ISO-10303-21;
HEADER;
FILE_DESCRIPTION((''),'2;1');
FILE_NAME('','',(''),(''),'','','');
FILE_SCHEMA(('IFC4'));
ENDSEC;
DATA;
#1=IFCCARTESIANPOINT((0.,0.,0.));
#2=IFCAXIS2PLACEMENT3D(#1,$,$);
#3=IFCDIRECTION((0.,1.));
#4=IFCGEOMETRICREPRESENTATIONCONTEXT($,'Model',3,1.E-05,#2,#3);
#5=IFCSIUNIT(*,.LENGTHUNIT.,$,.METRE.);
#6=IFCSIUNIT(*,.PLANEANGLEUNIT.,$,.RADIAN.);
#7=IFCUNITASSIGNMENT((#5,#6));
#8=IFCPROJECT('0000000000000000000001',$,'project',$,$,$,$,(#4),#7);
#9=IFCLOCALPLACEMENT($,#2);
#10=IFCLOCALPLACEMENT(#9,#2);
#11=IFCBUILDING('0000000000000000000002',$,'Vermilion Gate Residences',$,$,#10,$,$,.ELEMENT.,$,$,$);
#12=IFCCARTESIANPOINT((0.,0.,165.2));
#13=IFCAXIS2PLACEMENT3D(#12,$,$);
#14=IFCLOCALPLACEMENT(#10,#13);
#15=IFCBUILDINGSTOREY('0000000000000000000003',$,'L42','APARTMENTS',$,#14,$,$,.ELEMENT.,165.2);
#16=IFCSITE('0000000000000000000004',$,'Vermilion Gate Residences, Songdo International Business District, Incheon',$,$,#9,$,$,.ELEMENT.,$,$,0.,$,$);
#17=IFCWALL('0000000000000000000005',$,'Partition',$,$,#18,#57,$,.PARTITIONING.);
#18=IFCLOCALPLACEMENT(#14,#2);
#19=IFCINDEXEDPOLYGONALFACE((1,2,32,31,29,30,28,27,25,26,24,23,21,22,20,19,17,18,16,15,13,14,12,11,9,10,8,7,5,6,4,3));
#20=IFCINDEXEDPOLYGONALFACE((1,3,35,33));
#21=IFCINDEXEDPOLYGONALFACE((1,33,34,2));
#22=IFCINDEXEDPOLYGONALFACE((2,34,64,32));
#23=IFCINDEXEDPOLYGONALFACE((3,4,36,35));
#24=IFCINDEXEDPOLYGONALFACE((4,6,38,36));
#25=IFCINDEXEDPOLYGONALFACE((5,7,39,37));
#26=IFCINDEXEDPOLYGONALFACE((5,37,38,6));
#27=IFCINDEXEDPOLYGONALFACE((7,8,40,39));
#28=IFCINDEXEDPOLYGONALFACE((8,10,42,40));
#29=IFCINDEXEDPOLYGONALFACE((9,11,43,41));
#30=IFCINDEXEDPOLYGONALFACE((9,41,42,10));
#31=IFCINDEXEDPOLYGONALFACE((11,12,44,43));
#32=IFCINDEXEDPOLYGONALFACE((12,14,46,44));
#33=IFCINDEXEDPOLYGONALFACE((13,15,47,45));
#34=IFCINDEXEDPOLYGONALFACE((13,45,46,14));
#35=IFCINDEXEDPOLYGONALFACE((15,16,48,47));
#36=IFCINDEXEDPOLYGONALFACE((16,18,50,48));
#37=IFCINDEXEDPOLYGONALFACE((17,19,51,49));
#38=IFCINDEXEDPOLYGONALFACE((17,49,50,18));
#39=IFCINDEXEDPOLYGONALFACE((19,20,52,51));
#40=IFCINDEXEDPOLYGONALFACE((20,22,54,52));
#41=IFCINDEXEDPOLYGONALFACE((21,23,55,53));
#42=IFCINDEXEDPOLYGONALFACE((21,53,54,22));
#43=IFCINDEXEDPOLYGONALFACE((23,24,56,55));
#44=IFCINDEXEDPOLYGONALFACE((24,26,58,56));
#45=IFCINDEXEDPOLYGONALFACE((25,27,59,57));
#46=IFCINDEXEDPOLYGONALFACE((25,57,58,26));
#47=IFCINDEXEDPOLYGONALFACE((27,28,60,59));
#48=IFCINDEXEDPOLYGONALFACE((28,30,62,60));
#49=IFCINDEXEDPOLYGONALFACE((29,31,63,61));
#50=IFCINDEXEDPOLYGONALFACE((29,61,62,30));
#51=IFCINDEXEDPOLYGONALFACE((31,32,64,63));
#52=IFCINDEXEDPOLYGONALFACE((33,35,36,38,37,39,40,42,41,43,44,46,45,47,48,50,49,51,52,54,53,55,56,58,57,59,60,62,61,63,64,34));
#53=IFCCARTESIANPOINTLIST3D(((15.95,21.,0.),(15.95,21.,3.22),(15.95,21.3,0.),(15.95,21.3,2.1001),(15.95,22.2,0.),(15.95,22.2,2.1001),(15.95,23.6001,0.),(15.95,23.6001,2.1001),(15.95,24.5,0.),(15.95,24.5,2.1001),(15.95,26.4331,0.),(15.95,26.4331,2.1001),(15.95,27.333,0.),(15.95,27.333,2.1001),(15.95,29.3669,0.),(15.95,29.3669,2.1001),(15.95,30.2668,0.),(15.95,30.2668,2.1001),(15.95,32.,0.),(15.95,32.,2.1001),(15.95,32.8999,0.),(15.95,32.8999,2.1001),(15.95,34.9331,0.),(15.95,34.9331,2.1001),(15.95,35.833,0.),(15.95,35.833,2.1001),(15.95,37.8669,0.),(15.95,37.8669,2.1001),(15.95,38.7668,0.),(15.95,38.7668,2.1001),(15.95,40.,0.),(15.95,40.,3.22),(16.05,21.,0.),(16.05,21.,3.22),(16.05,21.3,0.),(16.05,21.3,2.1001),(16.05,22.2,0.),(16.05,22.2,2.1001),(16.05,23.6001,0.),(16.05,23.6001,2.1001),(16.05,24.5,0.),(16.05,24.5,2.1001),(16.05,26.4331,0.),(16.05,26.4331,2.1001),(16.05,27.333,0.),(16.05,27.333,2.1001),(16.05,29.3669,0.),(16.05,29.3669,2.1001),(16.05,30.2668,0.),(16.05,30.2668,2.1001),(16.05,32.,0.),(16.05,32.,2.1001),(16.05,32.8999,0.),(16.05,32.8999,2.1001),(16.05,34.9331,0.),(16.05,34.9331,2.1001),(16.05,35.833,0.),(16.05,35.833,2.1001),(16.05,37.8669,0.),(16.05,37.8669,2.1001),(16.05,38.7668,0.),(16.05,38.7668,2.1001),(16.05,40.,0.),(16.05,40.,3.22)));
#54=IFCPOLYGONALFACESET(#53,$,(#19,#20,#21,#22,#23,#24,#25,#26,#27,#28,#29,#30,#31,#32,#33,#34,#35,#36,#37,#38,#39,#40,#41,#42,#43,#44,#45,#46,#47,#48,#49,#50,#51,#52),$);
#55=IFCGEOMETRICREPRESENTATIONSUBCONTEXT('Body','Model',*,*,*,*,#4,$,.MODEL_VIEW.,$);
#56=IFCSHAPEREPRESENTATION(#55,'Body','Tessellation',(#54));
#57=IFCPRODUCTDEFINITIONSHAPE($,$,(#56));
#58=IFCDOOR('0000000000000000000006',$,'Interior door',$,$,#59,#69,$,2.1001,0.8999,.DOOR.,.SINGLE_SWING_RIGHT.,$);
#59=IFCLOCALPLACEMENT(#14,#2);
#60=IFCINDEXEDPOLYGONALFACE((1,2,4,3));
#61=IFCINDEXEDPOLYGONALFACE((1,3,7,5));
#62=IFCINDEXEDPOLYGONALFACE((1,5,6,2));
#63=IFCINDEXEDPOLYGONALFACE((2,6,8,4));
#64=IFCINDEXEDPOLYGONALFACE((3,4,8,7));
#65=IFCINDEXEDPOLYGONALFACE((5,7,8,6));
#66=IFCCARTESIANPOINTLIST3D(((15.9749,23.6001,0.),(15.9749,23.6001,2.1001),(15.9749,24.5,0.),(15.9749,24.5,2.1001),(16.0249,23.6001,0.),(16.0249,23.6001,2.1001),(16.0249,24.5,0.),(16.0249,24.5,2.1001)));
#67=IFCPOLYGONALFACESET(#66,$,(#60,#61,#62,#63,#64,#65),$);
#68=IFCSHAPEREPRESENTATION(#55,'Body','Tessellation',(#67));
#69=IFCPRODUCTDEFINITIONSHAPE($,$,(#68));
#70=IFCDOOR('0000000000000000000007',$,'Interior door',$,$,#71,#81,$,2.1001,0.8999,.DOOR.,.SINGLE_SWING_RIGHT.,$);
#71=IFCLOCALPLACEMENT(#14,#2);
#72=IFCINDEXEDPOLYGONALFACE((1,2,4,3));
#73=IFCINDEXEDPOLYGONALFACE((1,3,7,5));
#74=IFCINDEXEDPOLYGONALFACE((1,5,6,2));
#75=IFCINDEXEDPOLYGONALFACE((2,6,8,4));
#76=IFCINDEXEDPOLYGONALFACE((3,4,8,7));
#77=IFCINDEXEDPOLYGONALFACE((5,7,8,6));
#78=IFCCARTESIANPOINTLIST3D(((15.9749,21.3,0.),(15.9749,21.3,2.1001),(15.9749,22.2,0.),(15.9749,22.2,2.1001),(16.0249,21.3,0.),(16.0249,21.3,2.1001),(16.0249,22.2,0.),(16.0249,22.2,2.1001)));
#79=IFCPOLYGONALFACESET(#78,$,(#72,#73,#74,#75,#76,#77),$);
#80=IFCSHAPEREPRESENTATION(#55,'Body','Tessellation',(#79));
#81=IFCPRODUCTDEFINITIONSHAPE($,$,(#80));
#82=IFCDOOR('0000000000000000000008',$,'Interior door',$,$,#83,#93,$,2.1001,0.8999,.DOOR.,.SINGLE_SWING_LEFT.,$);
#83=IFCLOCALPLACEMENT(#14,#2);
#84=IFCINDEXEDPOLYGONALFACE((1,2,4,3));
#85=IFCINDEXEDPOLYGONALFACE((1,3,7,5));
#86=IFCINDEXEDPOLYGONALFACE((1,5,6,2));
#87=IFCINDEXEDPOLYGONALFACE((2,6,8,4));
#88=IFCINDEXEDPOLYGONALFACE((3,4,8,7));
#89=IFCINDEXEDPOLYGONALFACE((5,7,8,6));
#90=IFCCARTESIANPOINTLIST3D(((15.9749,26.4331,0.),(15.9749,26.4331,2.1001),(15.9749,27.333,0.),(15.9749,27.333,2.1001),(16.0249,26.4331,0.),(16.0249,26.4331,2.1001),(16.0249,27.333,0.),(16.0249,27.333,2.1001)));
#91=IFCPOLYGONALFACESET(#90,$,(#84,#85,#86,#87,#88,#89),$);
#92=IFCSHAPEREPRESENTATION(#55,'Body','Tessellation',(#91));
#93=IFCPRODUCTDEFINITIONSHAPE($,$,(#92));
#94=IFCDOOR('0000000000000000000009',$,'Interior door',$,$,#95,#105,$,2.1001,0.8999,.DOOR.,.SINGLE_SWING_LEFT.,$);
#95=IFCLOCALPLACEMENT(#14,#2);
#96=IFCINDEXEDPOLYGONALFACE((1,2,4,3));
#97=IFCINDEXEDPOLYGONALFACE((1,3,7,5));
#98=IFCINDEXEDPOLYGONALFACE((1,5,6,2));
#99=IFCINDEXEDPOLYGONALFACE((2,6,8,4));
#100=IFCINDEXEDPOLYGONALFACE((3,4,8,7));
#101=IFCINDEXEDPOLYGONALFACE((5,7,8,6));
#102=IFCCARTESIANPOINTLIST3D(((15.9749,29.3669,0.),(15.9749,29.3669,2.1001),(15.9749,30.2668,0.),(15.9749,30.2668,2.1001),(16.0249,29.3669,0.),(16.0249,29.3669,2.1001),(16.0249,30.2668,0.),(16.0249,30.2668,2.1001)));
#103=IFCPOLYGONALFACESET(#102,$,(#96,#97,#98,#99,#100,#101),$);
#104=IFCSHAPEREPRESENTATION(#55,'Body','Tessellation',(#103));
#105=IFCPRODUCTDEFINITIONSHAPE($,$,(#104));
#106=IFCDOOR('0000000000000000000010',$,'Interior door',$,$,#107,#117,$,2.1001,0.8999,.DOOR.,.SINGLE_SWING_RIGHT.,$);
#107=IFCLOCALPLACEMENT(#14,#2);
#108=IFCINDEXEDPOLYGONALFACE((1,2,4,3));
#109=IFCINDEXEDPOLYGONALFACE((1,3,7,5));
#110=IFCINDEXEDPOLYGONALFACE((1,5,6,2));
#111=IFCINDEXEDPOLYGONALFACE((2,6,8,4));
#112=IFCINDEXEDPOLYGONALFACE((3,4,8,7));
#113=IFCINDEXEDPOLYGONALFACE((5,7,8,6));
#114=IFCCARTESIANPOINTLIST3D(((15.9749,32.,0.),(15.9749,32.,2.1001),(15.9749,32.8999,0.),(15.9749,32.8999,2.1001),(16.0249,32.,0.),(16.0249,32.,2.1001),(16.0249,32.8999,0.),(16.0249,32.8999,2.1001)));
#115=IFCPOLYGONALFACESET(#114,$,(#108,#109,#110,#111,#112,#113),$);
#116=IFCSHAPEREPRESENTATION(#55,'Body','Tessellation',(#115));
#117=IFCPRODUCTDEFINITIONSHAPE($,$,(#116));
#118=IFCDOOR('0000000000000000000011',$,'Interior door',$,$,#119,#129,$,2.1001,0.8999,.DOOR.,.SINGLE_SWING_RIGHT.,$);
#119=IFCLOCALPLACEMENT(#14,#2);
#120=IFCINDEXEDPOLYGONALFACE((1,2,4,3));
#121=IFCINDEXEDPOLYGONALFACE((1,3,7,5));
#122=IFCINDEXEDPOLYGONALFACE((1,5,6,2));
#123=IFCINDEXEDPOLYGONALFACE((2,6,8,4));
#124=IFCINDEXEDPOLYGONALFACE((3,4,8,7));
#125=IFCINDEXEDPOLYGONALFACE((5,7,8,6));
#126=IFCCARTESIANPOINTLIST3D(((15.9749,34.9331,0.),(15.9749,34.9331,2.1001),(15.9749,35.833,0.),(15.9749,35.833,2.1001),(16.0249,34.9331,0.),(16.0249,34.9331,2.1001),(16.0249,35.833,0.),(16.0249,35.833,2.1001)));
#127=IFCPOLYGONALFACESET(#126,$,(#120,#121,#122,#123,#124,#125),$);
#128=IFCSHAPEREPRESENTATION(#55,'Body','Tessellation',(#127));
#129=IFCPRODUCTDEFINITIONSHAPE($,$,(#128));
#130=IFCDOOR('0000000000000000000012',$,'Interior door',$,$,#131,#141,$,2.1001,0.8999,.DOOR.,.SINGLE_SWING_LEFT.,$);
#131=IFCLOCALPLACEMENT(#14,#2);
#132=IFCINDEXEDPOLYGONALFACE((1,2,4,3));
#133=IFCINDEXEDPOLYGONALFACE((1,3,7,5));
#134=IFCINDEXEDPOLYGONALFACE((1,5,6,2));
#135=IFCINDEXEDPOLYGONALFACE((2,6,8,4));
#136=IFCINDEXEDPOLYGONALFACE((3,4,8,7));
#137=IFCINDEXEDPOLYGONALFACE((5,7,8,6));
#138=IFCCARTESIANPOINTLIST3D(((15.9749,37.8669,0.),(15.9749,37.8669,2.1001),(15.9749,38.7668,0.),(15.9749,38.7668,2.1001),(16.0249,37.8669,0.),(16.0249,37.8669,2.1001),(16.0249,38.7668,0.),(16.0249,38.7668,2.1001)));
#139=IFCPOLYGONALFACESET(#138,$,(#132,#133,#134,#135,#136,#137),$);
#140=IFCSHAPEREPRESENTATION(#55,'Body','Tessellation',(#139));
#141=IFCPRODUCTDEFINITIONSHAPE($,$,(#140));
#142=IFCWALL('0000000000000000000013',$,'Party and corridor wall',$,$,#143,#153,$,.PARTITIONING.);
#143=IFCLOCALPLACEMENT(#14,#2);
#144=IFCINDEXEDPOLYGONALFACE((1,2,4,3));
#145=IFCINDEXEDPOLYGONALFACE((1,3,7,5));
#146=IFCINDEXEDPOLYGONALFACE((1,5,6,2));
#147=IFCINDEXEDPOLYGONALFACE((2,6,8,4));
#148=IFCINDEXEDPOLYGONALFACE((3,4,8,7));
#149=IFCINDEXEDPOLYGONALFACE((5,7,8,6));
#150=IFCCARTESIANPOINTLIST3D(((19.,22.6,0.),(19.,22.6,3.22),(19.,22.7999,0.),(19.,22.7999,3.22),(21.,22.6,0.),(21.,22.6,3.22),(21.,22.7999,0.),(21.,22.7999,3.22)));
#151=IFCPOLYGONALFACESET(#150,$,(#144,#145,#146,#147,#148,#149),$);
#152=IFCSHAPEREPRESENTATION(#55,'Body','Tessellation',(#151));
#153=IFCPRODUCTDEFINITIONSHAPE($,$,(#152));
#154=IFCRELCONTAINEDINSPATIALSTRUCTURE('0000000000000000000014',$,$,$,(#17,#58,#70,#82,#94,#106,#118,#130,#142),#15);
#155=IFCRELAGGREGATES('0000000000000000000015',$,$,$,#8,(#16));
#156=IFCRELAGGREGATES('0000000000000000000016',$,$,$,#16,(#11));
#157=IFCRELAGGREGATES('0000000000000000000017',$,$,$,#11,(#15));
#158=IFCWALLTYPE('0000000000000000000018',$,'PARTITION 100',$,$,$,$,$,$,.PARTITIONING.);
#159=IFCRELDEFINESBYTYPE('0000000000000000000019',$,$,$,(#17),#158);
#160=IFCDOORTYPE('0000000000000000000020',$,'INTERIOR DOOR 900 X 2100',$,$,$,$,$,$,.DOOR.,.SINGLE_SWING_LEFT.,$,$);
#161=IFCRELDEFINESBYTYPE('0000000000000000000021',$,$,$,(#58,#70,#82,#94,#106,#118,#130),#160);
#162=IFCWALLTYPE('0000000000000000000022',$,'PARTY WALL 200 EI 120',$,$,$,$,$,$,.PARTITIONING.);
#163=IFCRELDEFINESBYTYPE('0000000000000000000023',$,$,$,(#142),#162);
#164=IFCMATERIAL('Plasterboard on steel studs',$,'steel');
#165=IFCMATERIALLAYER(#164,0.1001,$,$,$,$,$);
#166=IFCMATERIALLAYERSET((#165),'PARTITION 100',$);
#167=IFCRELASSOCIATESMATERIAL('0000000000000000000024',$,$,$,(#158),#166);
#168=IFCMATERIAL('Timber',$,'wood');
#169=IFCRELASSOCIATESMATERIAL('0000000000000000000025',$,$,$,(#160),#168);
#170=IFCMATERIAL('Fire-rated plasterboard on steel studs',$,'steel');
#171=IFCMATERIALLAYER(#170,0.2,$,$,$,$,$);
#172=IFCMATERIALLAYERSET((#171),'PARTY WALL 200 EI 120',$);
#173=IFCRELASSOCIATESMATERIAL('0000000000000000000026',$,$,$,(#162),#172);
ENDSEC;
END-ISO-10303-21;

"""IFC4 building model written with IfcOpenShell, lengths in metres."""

from ifc_helpers import new_model, si_unit, direction, frame, frame_2d, origin, place, context, subcontext, project, spatial, rectangle, extrude, material, layer, layer_set, type_object, element, fill, save


model = new_model("IFC4")

# Units and contexts
model_context = context("Model", 3, precision=1e-05, world=origin(), true_north=direction((0.0, 1.0)))
body_context = subcontext(model_context, "Body", "Model", "MODEL_VIEW")
ifc_project = project(units=[si_unit("LENGTHUNIT", "METRE"), si_unit("PLANEANGLEUNIT", "RADIAN")], contexts=[model_context])

# Site, building, storey
site_placement = place(None, origin())
site = spatial("IfcSite", under=ifc_project, at=site_placement, Name="Vermilion Gate Residences, Songdo International Business District, Incheon", CompositionType="ELEMENT", RefElevation=0.0)
building_placement = place(site_placement, origin())
building = spatial("IfcBuilding", under=site, at=building_placement, Name="Vermilion Gate Residences", CompositionType="ELEMENT")
storey_placement = place(building_placement, frame((0.0, 0.0, 165.2)))
storey = spatial("IfcBuildingStorey", under=building, at=storey_placement, Name="L42", Description="APARTMENTS", CompositionType="ELEMENT", Elevation=165.2)

# Shared definitions
ifc_material_1 = material(Name="Plasterboard on steel studs", Category="steel")
ifc_layer_1 = layer(ifc_material_1, 0.1001)
ifc_layer_set_1 = layer_set([ifc_layer_1], Name="PARTITION 100")
wall_type_1 = type_object("IfcWallType", Name="PARTITION 100", PredefinedType="PARTITIONING", material=ifc_layer_set_1)

# Wall, openings, doors
wall_1_placement = place(storey_placement, frame((16.0, 21.0, 0.0), z_axis=(0.0, 0.0, 1.0), x_axis=(0.0, 1.0, 0.0)))
wall_1 = element("IfcWall", 1, at=wall_1_placement, inside=storey, type_object=wall_type_1, Name="Partition", PredefinedType="PARTITIONING", context=body_context, shape_type="SweptSolid", body=[
    extrude(rectangle(XDim=19.0, YDim=0.1001, at=frame_2d((9.5, 0.0))), origin(), (0.0, 0.0, 1.0), 3.22),
])
opening_1_placement = place(wall_1_placement, frame((2.6001, 0.0, 0.0)))
opening_1 = element("IfcOpeningElement", 2, at=opening_1_placement, cuts=wall_1, PredefinedType="OPENING", context=body_context, shape_type="SweptSolid", body=[
    extrude(rectangle(XDim=0.8999, YDim=2.1001, at=frame_2d((0.45, 1.05))), frame((0.0, 0.0601, 0.0), z_axis=(0.0, -1.0, 0.0), x_axis=(1.0, 0.0, 0.0)), (0.0, 0.0, 1.0), 0.1201),
])
opening_2_placement = place(wall_1_placement, frame((0.3, 0.0, 0.0)))
opening_2 = element("IfcOpeningElement", 3, at=opening_2_placement, cuts=wall_1, PredefinedType="OPENING", context=body_context, shape_type="SweptSolid", body=[
    extrude(rectangle(XDim=0.8999, YDim=2.1001, at=frame_2d((0.45, 1.05))), frame((0.0, 0.0601, 0.0), z_axis=(0.0, -1.0, 0.0), x_axis=(1.0, 0.0, 0.0)), (0.0, 0.0, 1.0), 0.1201),
])
opening_3_placement = place(wall_1_placement, frame((5.4331, 0.0, 0.0)))
opening_3 = element("IfcOpeningElement", 4, at=opening_3_placement, cuts=wall_1, PredefinedType="OPENING", context=body_context, shape_type="SweptSolid", body=[
    extrude(rectangle(XDim=0.8999, YDim=2.1001, at=frame_2d((0.45, 1.05))), frame((0.0, 0.0601, 0.0), z_axis=(0.0, -1.0, 0.0), x_axis=(1.0, 0.0, 0.0)), (0.0, 0.0, 1.0), 0.1201),
])
opening_4_placement = place(wall_1_placement, frame((8.3669, 0.0, 0.0)))
opening_4 = element("IfcOpeningElement", 5, at=opening_4_placement, cuts=wall_1, PredefinedType="OPENING", context=body_context, shape_type="SweptSolid", body=[
    extrude(rectangle(XDim=0.8999, YDim=2.1001, at=frame_2d((0.45, 1.05))), frame((0.0, 0.0601, 0.0), z_axis=(0.0, -1.0, 0.0), x_axis=(1.0, 0.0, 0.0)), (0.0, 0.0, 1.0), 0.1201),
])
opening_5_placement = place(wall_1_placement, frame((11.0, 0.0, 0.0)))
opening_5 = element("IfcOpeningElement", 6, at=opening_5_placement, cuts=wall_1, PredefinedType="OPENING", context=body_context, shape_type="SweptSolid", body=[
    extrude(rectangle(XDim=0.8999, YDim=2.1001, at=frame_2d((0.45, 1.05))), frame((0.0, 0.0601, 0.0), z_axis=(0.0, -1.0, 0.0), x_axis=(1.0, 0.0, 0.0)), (0.0, 0.0, 1.0), 0.1201),
])
opening_6_placement = place(wall_1_placement, frame((13.9331, 0.0, 0.0)))
opening_6 = element("IfcOpeningElement", 7, at=opening_6_placement, cuts=wall_1, PredefinedType="OPENING", context=body_context, shape_type="SweptSolid", body=[
    extrude(rectangle(XDim=0.8999, YDim=2.1001, at=frame_2d((0.45, 1.05))), frame((0.0, 0.0601, 0.0), z_axis=(0.0, -1.0, 0.0), x_axis=(1.0, 0.0, 0.0)), (0.0, 0.0, 1.0), 0.1201),
])
opening_7_placement = place(wall_1_placement, frame((16.8669, 0.0, 0.0)))
opening_7 = element("IfcOpeningElement", 8, at=opening_7_placement, cuts=wall_1, PredefinedType="OPENING", context=body_context, shape_type="SweptSolid", body=[
    extrude(rectangle(XDim=0.8999, YDim=2.1001, at=frame_2d((0.45, 1.05))), frame((0.0, 0.0601, 0.0), z_axis=(0.0, -1.0, 0.0), x_axis=(1.0, 0.0, 0.0)), (0.0, 0.0, 1.0), 0.1201),
])
ifc_material_2 = material(Name="Timber", Category="wood")
door_type_1 = type_object("IfcDoorType", Name="INTERIOR DOOR 900 X 2100", OperationType="SINGLE_SWING_LEFT", PredefinedType="DOOR", material=ifc_material_2)
door_1_placement = place(opening_1_placement, frame((0.8999, 0.0, 0.0), z_axis=(0.0, 0.0, 1.0), x_axis=(-1.0, 0.0, 0.0)))
door_1 = element("IfcDoor", 9, at=door_1_placement, inside=storey, type_object=door_type_1, Name="Interior door", OperationType="SINGLE_SWING_RIGHT", OverallHeight=2.1001, OverallWidth=0.8999, PredefinedType="DOOR", context=body_context, shape_type="SweptSolid", body=[
    extrude(rectangle(XDim=0.8999, YDim=2.1001, at=frame_2d((0.45, 1.05))), frame((0.0, 0.0249, 0.0), z_axis=(0.0, -1.0, 0.0), x_axis=(1.0, 0.0, 0.0)), (0.0, 0.0, 1.0), 0.05),
])
fill(opening_1, door_1)
door_2_placement = place(opening_2_placement, frame((0.8999, 0.0, 0.0), z_axis=(0.0, 0.0, 1.0), x_axis=(-1.0, 0.0, 0.0)))
door_2 = element("IfcDoor", 10, at=door_2_placement, inside=storey, type_object=door_type_1, Name="Interior door", OperationType="SINGLE_SWING_RIGHT", OverallHeight=2.1001, OverallWidth=0.8999, PredefinedType="DOOR", context=body_context, shape_type="SweptSolid", body=[
    extrude(rectangle(XDim=0.8999, YDim=2.1001, at=frame_2d((0.45, 1.05))), frame((0.0, 0.0249, 0.0), z_axis=(0.0, -1.0, 0.0), x_axis=(1.0, 0.0, 0.0)), (0.0, 0.0, 1.0), 0.05),
])
fill(opening_2, door_2)
door_3_placement = place(opening_3_placement, frame((0.8999, 0.0, 0.0), z_axis=(0.0, 0.0, 1.0), x_axis=(-1.0, 0.0, 0.0)))
door_3 = element("IfcDoor", 11, at=door_3_placement, inside=storey, type_object=door_type_1, Name="Interior door", OperationType="SINGLE_SWING_LEFT", OverallHeight=2.1001, OverallWidth=0.8999, PredefinedType="DOOR", context=body_context, shape_type="SweptSolid", body=[
    extrude(rectangle(XDim=0.8999, YDim=2.1001, at=frame_2d((0.45, 1.05))), frame((0.0, 0.0249, 0.0), z_axis=(0.0, -1.0, 0.0), x_axis=(1.0, 0.0, 0.0)), (0.0, 0.0, 1.0), 0.05),
])
fill(opening_3, door_3)
door_4_placement = place(opening_4_placement, frame((0.8999, 0.0, 0.0), z_axis=(0.0, 0.0, 1.0), x_axis=(-1.0, 0.0, 0.0)))
door_4 = element("IfcDoor", 12, at=door_4_placement, inside=storey, type_object=door_type_1, Name="Interior door", OperationType="SINGLE_SWING_LEFT", OverallHeight=2.1001, OverallWidth=0.8999, PredefinedType="DOOR", context=body_context, shape_type="SweptSolid", body=[
    extrude(rectangle(XDim=0.8999, YDim=2.1001, at=frame_2d((0.45, 1.05))), frame((0.0, 0.0249, 0.0), z_axis=(0.0, -1.0, 0.0), x_axis=(1.0, 0.0, 0.0)), (0.0, 0.0, 1.0), 0.05),
])
fill(opening_4, door_4)
door_5_placement = place(opening_5_placement, frame((0.8999, 0.0, 0.0), z_axis=(0.0, 0.0, 1.0), x_axis=(-1.0, 0.0, 0.0)))
door_5 = element("IfcDoor", 13, at=door_5_placement, inside=storey, type_object=door_type_1, Name="Interior door", OperationType="SINGLE_SWING_RIGHT", OverallHeight=2.1001, OverallWidth=0.8999, PredefinedType="DOOR", context=body_context, shape_type="SweptSolid", body=[
    extrude(rectangle(XDim=0.8999, YDim=2.1001, at=frame_2d((0.45, 1.05))), frame((0.0, 0.0249, 0.0), z_axis=(0.0, -1.0, 0.0), x_axis=(1.0, 0.0, 0.0)), (0.0, 0.0, 1.0), 0.05),
])
fill(opening_5, door_5)
door_6_placement = place(opening_6_placement, frame((0.8999, 0.0, 0.0), z_axis=(0.0, 0.0, 1.0), x_axis=(-1.0, 0.0, 0.0)))
door_6 = element("IfcDoor", 14, at=door_6_placement, inside=storey, type_object=door_type_1, Name="Interior door", OperationType="SINGLE_SWING_RIGHT", OverallHeight=2.1001, OverallWidth=0.8999, PredefinedType="DOOR", context=body_context, shape_type="SweptSolid", body=[
    extrude(rectangle(XDim=0.8999, YDim=2.1001, at=frame_2d((0.45, 1.05))), frame((0.0, 0.0249, 0.0), z_axis=(0.0, -1.0, 0.0), x_axis=(1.0, 0.0, 0.0)), (0.0, 0.0, 1.0), 0.05),
])
fill(opening_6, door_6)
door_7_placement = place(opening_7_placement, frame((0.8999, 0.0, 0.0), z_axis=(0.0, 0.0, 1.0), x_axis=(-1.0, 0.0, 0.0)))
door_7 = element("IfcDoor", 15, at=door_7_placement, inside=storey, type_object=door_type_1, Name="Interior door", OperationType="SINGLE_SWING_LEFT", OverallHeight=2.1001, OverallWidth=0.8999, PredefinedType="DOOR", context=body_context, shape_type="SweptSolid", body=[
    extrude(rectangle(XDim=0.8999, YDim=2.1001, at=frame_2d((0.45, 1.05))), frame((0.0, 0.0249, 0.0), z_axis=(0.0, -1.0, 0.0), x_axis=(1.0, 0.0, 0.0)), (0.0, 0.0, 1.0), 0.05),
])
fill(opening_7, door_7)

# Wall
ifc_material_3 = material(Name="Fire-rated plasterboard on steel studs", Category="steel")
ifc_layer_2 = layer(ifc_material_3, 0.2)
ifc_layer_set_2 = layer_set([ifc_layer_2], Name="PARTY WALL 200 EI 120")
wall_type_2 = type_object("IfcWallType", Name="PARTY WALL 200 EI 120", PredefinedType="PARTITIONING", material=ifc_layer_set_2)
wall_2_placement = place(storey_placement, frame((19.0, 22.7, 0.0), z_axis=(0.0, 0.0, 1.0), x_axis=(1.0, 0.0, 0.0)))
element("IfcWall", 16, at=wall_2_placement, inside=storey, type_object=wall_type_2, Name="Party and corridor wall", PredefinedType="PARTITIONING", context=body_context, shape_type="SweptSolid", body=[
    extrude(rectangle(XDim=2.0, YDim=0.2, at=frame_2d((1.0, 0.0))), origin(), (0.0, 0.0, 1.0), 3.22),
])

save(model, "model.ifc")
